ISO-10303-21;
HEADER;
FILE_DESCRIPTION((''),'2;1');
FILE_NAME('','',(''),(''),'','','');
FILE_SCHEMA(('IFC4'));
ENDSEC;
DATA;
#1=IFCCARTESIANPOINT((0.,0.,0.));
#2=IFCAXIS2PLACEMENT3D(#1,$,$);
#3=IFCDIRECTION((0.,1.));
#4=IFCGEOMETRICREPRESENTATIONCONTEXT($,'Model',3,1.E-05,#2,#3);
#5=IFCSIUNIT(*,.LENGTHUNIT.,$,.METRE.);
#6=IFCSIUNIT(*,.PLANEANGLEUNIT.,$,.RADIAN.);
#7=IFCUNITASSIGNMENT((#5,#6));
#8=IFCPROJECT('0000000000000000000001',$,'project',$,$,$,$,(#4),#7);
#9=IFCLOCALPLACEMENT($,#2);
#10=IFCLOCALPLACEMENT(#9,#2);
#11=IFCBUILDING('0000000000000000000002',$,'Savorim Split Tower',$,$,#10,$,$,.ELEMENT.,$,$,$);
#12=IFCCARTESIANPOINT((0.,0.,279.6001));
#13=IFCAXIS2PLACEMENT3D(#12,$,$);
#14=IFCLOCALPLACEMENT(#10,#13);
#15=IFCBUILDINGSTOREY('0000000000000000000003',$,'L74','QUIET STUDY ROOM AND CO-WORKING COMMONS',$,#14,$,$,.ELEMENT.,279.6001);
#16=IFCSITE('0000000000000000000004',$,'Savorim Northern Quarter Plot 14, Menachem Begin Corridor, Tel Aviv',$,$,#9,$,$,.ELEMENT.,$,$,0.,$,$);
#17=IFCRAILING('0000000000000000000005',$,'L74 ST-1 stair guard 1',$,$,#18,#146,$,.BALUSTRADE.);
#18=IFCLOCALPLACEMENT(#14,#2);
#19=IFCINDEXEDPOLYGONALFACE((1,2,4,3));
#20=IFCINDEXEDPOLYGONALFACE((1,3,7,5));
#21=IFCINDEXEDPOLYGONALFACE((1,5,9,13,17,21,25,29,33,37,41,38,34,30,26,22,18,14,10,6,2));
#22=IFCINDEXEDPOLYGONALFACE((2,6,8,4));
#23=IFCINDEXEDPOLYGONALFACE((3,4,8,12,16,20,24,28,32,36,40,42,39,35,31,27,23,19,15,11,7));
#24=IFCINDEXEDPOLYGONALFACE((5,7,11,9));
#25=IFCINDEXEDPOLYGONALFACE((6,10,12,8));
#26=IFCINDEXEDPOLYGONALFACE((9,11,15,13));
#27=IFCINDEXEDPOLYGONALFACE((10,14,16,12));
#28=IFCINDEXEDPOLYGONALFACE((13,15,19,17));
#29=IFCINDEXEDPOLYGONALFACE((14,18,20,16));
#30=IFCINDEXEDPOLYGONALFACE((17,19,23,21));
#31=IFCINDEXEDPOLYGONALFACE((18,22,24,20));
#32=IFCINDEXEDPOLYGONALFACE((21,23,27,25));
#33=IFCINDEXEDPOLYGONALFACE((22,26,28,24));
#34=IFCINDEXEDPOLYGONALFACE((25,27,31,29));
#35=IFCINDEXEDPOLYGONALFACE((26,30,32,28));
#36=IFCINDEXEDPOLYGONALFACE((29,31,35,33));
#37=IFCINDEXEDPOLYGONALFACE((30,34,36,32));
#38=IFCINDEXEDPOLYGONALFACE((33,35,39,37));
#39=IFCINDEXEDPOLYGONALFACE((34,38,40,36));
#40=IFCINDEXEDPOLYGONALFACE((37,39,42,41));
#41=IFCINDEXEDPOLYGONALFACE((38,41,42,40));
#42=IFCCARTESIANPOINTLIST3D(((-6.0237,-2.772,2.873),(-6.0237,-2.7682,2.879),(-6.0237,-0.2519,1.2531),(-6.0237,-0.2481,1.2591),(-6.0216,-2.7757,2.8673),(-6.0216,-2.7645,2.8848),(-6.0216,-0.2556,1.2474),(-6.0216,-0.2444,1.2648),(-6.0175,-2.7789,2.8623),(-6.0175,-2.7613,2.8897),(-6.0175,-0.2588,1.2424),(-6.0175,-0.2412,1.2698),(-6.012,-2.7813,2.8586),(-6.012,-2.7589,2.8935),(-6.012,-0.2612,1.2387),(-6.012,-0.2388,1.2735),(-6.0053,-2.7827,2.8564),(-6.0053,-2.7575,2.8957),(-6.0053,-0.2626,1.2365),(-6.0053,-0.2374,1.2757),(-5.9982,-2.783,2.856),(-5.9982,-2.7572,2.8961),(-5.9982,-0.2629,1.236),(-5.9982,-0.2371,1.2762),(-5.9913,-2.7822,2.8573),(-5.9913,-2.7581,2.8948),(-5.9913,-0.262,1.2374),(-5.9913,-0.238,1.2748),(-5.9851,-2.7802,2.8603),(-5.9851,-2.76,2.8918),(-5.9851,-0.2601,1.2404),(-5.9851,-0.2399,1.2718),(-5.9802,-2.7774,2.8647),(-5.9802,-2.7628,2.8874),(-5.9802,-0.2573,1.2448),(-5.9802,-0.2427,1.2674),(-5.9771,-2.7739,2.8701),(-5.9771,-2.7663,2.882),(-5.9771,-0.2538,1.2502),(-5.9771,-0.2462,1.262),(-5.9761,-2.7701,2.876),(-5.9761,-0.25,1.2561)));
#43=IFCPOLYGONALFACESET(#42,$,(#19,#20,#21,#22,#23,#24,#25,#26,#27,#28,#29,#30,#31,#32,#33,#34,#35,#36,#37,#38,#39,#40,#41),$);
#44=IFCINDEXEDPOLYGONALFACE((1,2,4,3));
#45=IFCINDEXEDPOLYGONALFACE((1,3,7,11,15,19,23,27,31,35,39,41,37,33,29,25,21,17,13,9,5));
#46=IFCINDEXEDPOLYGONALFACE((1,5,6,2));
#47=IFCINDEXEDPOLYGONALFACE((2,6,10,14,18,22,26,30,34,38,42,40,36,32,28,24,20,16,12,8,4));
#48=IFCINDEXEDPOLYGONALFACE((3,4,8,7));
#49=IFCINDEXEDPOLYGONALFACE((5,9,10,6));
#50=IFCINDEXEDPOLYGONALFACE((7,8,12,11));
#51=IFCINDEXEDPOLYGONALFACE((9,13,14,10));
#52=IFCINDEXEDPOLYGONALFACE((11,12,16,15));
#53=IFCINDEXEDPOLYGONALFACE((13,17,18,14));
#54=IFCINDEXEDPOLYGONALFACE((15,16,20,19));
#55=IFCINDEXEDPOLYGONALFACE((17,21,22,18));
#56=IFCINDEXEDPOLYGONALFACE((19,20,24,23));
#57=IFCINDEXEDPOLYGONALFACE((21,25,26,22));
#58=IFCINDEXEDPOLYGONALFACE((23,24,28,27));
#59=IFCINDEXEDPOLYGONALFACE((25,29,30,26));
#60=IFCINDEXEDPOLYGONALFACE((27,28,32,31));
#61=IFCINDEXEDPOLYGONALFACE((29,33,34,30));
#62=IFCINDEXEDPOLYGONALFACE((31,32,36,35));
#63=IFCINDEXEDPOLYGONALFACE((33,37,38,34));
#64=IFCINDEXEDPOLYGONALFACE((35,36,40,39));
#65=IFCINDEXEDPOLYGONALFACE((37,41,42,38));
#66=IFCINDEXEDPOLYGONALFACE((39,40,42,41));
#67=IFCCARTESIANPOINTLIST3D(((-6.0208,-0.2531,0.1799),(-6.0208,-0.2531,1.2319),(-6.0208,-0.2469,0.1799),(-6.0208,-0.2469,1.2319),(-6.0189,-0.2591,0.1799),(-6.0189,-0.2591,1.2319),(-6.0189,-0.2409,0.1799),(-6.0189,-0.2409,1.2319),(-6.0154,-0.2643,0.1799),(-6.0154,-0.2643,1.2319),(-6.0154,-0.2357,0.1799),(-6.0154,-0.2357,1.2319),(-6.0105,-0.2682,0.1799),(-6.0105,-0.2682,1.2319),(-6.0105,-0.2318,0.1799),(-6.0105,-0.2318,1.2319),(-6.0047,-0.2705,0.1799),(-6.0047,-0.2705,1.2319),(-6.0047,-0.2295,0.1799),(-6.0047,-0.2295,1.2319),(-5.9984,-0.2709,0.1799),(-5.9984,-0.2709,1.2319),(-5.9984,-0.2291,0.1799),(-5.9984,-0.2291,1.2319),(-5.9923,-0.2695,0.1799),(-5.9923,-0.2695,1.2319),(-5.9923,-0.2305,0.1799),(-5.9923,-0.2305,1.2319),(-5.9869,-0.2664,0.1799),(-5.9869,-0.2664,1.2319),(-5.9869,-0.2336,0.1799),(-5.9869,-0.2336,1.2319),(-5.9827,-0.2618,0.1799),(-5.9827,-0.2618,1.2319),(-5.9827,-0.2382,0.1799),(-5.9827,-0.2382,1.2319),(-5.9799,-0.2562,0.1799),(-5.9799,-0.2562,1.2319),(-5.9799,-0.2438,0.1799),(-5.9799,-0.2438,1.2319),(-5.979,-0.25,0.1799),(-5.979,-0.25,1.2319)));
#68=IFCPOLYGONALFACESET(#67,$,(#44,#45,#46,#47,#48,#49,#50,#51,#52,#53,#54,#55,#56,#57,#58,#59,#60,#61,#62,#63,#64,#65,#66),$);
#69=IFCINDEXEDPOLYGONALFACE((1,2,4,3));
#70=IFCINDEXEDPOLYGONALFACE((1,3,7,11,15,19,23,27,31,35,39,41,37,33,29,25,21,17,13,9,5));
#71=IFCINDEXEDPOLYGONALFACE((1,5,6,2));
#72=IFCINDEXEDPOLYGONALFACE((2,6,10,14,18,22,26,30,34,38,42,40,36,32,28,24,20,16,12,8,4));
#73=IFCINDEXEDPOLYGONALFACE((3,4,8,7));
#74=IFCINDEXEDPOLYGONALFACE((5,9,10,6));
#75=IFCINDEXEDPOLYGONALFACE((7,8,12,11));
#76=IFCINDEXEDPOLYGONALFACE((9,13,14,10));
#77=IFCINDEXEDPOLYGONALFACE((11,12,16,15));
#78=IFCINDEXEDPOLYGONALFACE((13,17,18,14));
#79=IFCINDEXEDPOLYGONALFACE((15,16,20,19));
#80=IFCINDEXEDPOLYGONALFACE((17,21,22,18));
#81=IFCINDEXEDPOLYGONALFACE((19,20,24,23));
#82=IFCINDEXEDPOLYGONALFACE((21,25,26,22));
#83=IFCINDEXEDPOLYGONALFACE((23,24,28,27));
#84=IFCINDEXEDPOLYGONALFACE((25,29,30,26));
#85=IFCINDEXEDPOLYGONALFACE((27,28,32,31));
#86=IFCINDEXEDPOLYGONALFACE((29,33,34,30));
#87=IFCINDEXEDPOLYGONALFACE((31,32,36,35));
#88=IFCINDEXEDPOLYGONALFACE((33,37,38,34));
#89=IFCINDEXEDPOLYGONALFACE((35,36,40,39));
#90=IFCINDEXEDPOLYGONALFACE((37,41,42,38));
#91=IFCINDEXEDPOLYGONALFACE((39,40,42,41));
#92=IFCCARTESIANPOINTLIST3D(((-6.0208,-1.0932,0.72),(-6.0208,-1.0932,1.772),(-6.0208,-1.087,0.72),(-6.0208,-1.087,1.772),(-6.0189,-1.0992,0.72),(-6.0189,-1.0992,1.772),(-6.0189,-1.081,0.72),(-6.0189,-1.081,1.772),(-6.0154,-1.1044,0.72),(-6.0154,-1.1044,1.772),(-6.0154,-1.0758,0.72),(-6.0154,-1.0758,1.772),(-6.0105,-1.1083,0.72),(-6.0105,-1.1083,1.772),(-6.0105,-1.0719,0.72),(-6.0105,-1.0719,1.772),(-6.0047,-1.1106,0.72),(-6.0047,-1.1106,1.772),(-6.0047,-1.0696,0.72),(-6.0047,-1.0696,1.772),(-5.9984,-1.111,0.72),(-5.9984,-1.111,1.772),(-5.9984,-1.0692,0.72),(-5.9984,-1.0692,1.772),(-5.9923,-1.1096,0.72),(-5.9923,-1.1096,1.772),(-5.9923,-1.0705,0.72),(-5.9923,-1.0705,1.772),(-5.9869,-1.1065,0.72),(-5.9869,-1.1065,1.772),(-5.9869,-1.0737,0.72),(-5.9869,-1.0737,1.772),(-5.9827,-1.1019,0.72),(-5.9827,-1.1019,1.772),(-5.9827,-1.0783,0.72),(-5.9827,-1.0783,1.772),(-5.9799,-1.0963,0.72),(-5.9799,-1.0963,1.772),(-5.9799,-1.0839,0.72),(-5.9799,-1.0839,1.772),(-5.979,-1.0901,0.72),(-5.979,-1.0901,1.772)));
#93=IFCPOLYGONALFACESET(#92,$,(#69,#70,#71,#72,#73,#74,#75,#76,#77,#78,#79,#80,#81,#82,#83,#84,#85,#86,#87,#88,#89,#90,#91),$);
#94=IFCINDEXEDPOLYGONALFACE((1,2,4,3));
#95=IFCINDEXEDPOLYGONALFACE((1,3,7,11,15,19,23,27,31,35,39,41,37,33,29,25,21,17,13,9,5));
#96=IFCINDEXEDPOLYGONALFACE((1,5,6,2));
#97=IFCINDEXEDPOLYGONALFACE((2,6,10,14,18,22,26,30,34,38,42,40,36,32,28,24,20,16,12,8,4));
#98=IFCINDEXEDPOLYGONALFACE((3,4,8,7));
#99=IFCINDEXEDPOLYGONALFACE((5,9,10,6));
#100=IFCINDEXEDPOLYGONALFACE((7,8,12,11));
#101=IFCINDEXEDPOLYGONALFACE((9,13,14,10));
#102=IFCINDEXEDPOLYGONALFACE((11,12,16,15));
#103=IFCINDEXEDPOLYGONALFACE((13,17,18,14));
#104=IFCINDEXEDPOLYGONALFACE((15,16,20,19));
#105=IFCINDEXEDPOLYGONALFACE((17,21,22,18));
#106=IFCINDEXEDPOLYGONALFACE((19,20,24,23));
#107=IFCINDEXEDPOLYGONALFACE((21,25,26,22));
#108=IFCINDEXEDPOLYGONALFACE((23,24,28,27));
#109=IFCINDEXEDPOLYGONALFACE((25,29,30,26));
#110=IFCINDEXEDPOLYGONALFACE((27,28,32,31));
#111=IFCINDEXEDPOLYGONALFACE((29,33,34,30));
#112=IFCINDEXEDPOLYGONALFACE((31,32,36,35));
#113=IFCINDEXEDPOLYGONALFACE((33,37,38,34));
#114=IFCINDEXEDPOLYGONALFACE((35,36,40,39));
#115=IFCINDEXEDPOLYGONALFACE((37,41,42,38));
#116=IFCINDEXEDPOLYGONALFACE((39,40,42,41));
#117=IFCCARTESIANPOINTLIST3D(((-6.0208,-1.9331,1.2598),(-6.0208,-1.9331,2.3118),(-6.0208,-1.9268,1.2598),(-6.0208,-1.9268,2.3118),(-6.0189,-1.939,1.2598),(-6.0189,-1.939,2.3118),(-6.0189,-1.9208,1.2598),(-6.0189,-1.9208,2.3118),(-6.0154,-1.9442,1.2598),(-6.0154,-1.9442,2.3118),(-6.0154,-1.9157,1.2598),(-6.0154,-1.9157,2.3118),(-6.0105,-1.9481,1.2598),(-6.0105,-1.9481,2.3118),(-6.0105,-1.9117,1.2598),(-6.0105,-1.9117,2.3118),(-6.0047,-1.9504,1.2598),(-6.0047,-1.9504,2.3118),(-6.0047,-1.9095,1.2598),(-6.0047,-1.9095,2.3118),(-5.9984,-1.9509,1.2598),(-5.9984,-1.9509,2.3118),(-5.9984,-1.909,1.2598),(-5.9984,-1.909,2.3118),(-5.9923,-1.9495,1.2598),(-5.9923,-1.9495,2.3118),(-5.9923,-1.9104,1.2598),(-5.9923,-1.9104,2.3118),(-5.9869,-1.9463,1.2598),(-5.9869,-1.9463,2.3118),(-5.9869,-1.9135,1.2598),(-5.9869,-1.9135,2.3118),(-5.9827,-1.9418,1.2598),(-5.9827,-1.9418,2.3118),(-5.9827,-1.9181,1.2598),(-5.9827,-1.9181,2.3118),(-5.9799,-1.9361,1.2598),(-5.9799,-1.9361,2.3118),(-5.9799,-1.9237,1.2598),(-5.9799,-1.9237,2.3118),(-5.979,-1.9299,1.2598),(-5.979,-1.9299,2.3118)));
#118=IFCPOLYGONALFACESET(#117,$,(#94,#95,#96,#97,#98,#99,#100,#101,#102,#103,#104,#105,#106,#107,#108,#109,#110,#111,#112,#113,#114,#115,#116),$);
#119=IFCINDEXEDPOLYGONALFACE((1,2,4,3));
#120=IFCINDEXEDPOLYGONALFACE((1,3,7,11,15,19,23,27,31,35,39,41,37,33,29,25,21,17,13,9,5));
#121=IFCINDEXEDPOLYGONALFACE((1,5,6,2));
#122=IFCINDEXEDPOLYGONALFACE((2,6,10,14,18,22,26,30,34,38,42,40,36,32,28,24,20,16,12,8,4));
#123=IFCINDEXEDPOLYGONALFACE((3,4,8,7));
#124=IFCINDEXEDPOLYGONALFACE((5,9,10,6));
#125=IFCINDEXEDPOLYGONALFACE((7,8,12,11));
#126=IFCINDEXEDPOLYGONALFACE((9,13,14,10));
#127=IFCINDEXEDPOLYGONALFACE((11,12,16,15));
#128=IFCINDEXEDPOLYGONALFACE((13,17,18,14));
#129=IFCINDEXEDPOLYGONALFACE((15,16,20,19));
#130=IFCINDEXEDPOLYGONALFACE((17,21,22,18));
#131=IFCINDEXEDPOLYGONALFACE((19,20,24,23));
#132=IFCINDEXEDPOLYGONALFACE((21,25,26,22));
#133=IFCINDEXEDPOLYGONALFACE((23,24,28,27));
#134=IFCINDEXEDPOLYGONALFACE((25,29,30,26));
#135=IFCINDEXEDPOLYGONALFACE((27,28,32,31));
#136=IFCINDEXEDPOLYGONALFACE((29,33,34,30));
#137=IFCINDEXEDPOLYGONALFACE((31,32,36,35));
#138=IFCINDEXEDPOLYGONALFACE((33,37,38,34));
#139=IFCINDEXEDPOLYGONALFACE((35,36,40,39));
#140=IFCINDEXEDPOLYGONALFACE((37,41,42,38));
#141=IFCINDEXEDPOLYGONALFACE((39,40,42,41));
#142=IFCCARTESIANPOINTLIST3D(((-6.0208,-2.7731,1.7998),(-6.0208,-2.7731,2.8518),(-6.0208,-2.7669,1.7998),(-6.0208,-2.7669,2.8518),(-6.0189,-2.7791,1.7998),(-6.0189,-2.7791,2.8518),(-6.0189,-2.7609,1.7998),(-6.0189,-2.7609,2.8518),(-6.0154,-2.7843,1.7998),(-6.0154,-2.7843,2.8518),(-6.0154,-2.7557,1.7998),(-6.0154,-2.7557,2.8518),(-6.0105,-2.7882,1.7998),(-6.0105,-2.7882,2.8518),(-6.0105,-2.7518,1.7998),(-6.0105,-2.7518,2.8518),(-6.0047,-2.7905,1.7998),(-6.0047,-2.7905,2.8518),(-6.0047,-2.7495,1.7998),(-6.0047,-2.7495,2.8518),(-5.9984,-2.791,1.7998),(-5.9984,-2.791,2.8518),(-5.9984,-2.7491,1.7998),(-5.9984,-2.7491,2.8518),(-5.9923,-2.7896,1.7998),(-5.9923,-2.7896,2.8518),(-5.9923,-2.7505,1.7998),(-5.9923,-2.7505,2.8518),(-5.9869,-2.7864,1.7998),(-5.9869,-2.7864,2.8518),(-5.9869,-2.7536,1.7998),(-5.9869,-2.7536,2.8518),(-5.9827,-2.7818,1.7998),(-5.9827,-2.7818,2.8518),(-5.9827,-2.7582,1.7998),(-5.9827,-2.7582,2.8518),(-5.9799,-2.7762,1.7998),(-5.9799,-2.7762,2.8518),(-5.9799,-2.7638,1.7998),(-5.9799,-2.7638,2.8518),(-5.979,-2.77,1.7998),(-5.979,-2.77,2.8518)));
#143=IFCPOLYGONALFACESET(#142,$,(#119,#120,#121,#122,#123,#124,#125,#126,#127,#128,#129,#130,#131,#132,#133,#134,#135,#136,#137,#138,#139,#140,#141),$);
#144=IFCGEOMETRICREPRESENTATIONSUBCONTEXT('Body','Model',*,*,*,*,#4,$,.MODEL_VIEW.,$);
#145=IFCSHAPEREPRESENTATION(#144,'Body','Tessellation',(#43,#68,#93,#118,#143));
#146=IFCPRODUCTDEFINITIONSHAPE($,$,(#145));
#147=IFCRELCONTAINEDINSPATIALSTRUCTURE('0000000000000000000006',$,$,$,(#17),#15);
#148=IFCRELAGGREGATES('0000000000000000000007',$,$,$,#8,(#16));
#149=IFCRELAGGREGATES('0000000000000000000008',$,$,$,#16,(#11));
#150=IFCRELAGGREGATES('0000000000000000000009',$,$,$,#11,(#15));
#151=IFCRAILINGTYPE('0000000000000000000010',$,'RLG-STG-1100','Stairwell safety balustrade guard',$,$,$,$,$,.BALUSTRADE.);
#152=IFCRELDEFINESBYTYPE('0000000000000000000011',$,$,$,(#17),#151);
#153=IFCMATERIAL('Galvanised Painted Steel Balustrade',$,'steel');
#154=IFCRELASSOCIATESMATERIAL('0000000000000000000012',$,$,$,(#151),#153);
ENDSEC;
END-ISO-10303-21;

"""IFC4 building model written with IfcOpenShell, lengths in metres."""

from ifc_helpers import new_model, si_unit, direction, frame, origin, origin_2d, place, context, subcontext, project, spatial, circle, extrude, material, type_object, element, save


model = new_model("IFC4")

# Units and contexts
model_context = context("Model", 3, precision=1e-05, world=origin(), true_north=direction((0.0, 1.0)))
body_context = subcontext(model_context, "Body", "Model", "MODEL_VIEW")
ifc_project = project(units=[si_unit("LENGTHUNIT", "METRE"), si_unit("PLANEANGLEUNIT", "RADIAN")], contexts=[model_context])

# Site, building, storey
site_placement = place(None, origin())
site = spatial("IfcSite", under=ifc_project, at=site_placement, Name="Savorim Northern Quarter Plot 14, Menachem Begin Corridor, Tel Aviv", CompositionType="ELEMENT", RefElevation=0.0)
building_placement = place(site_placement, origin())
building = spatial("IfcBuilding", under=site, at=building_placement, Name="Savorim Split Tower", CompositionType="ELEMENT")
storey_placement = place(building_placement, frame((0.0, 0.0, 279.6001)))
storey = spatial("IfcBuildingStorey", under=building, at=storey_placement, Name="L74", Description="QUIET STUDY ROOM AND CO-WORKING COMMONS", CompositionType="ELEMENT", Elevation=279.6001)

# Railing
ifc_material_1 = material(Name="Galvanised Painted Steel Balustrade", Category="steel")
railing_type_1 = type_object("IfcRailingType", Name="RLG-STG-1100", Description="Stairwell safety balustrade guard", PredefinedType="BALUSTRADE", material=ifc_material_1)
railing_1_placement = place(storey_placement, frame((-6.0, -0.25, 0.1799)))
element("IfcRailing", 1, at=railing_1_placement, inside=storey, type_object=railing_type_1, Name="L74 ST-1 stair guard 1", PredefinedType="BALUSTRADE", context=body_context, shape_type="SweptSolid", body=[
    extrude(circle(Radius=0.0239, at=origin_2d()), frame((0.0, 0.0, 1.0762), z_axis=(0.0, -0.8412, 0.540725), x_axis=(1.0, 0.0, 0.0)), (0.0, 0.0, 1.0), 2.9958),
    extrude(circle(Radius=0.021, at=origin_2d()), origin(), (0.0, 0.0, 1.0), 1.052),
    extrude(circle(Radius=0.021, at=origin_2d()), frame((0.0, -0.8401, 0.54)), (0.0, 0.0, 1.0), 1.052),
    extrude(circle(Radius=0.021, at=origin_2d()), frame((0.0, -1.6799, 1.0798)), (0.0, 0.0, 1.0), 1.052),
    extrude(circle(Radius=0.021, at=origin_2d()), frame((0.0, -2.52, 1.6199)), (0.0, 0.0, 1.0), 1.052),
])

save(model, "model.ifc")
